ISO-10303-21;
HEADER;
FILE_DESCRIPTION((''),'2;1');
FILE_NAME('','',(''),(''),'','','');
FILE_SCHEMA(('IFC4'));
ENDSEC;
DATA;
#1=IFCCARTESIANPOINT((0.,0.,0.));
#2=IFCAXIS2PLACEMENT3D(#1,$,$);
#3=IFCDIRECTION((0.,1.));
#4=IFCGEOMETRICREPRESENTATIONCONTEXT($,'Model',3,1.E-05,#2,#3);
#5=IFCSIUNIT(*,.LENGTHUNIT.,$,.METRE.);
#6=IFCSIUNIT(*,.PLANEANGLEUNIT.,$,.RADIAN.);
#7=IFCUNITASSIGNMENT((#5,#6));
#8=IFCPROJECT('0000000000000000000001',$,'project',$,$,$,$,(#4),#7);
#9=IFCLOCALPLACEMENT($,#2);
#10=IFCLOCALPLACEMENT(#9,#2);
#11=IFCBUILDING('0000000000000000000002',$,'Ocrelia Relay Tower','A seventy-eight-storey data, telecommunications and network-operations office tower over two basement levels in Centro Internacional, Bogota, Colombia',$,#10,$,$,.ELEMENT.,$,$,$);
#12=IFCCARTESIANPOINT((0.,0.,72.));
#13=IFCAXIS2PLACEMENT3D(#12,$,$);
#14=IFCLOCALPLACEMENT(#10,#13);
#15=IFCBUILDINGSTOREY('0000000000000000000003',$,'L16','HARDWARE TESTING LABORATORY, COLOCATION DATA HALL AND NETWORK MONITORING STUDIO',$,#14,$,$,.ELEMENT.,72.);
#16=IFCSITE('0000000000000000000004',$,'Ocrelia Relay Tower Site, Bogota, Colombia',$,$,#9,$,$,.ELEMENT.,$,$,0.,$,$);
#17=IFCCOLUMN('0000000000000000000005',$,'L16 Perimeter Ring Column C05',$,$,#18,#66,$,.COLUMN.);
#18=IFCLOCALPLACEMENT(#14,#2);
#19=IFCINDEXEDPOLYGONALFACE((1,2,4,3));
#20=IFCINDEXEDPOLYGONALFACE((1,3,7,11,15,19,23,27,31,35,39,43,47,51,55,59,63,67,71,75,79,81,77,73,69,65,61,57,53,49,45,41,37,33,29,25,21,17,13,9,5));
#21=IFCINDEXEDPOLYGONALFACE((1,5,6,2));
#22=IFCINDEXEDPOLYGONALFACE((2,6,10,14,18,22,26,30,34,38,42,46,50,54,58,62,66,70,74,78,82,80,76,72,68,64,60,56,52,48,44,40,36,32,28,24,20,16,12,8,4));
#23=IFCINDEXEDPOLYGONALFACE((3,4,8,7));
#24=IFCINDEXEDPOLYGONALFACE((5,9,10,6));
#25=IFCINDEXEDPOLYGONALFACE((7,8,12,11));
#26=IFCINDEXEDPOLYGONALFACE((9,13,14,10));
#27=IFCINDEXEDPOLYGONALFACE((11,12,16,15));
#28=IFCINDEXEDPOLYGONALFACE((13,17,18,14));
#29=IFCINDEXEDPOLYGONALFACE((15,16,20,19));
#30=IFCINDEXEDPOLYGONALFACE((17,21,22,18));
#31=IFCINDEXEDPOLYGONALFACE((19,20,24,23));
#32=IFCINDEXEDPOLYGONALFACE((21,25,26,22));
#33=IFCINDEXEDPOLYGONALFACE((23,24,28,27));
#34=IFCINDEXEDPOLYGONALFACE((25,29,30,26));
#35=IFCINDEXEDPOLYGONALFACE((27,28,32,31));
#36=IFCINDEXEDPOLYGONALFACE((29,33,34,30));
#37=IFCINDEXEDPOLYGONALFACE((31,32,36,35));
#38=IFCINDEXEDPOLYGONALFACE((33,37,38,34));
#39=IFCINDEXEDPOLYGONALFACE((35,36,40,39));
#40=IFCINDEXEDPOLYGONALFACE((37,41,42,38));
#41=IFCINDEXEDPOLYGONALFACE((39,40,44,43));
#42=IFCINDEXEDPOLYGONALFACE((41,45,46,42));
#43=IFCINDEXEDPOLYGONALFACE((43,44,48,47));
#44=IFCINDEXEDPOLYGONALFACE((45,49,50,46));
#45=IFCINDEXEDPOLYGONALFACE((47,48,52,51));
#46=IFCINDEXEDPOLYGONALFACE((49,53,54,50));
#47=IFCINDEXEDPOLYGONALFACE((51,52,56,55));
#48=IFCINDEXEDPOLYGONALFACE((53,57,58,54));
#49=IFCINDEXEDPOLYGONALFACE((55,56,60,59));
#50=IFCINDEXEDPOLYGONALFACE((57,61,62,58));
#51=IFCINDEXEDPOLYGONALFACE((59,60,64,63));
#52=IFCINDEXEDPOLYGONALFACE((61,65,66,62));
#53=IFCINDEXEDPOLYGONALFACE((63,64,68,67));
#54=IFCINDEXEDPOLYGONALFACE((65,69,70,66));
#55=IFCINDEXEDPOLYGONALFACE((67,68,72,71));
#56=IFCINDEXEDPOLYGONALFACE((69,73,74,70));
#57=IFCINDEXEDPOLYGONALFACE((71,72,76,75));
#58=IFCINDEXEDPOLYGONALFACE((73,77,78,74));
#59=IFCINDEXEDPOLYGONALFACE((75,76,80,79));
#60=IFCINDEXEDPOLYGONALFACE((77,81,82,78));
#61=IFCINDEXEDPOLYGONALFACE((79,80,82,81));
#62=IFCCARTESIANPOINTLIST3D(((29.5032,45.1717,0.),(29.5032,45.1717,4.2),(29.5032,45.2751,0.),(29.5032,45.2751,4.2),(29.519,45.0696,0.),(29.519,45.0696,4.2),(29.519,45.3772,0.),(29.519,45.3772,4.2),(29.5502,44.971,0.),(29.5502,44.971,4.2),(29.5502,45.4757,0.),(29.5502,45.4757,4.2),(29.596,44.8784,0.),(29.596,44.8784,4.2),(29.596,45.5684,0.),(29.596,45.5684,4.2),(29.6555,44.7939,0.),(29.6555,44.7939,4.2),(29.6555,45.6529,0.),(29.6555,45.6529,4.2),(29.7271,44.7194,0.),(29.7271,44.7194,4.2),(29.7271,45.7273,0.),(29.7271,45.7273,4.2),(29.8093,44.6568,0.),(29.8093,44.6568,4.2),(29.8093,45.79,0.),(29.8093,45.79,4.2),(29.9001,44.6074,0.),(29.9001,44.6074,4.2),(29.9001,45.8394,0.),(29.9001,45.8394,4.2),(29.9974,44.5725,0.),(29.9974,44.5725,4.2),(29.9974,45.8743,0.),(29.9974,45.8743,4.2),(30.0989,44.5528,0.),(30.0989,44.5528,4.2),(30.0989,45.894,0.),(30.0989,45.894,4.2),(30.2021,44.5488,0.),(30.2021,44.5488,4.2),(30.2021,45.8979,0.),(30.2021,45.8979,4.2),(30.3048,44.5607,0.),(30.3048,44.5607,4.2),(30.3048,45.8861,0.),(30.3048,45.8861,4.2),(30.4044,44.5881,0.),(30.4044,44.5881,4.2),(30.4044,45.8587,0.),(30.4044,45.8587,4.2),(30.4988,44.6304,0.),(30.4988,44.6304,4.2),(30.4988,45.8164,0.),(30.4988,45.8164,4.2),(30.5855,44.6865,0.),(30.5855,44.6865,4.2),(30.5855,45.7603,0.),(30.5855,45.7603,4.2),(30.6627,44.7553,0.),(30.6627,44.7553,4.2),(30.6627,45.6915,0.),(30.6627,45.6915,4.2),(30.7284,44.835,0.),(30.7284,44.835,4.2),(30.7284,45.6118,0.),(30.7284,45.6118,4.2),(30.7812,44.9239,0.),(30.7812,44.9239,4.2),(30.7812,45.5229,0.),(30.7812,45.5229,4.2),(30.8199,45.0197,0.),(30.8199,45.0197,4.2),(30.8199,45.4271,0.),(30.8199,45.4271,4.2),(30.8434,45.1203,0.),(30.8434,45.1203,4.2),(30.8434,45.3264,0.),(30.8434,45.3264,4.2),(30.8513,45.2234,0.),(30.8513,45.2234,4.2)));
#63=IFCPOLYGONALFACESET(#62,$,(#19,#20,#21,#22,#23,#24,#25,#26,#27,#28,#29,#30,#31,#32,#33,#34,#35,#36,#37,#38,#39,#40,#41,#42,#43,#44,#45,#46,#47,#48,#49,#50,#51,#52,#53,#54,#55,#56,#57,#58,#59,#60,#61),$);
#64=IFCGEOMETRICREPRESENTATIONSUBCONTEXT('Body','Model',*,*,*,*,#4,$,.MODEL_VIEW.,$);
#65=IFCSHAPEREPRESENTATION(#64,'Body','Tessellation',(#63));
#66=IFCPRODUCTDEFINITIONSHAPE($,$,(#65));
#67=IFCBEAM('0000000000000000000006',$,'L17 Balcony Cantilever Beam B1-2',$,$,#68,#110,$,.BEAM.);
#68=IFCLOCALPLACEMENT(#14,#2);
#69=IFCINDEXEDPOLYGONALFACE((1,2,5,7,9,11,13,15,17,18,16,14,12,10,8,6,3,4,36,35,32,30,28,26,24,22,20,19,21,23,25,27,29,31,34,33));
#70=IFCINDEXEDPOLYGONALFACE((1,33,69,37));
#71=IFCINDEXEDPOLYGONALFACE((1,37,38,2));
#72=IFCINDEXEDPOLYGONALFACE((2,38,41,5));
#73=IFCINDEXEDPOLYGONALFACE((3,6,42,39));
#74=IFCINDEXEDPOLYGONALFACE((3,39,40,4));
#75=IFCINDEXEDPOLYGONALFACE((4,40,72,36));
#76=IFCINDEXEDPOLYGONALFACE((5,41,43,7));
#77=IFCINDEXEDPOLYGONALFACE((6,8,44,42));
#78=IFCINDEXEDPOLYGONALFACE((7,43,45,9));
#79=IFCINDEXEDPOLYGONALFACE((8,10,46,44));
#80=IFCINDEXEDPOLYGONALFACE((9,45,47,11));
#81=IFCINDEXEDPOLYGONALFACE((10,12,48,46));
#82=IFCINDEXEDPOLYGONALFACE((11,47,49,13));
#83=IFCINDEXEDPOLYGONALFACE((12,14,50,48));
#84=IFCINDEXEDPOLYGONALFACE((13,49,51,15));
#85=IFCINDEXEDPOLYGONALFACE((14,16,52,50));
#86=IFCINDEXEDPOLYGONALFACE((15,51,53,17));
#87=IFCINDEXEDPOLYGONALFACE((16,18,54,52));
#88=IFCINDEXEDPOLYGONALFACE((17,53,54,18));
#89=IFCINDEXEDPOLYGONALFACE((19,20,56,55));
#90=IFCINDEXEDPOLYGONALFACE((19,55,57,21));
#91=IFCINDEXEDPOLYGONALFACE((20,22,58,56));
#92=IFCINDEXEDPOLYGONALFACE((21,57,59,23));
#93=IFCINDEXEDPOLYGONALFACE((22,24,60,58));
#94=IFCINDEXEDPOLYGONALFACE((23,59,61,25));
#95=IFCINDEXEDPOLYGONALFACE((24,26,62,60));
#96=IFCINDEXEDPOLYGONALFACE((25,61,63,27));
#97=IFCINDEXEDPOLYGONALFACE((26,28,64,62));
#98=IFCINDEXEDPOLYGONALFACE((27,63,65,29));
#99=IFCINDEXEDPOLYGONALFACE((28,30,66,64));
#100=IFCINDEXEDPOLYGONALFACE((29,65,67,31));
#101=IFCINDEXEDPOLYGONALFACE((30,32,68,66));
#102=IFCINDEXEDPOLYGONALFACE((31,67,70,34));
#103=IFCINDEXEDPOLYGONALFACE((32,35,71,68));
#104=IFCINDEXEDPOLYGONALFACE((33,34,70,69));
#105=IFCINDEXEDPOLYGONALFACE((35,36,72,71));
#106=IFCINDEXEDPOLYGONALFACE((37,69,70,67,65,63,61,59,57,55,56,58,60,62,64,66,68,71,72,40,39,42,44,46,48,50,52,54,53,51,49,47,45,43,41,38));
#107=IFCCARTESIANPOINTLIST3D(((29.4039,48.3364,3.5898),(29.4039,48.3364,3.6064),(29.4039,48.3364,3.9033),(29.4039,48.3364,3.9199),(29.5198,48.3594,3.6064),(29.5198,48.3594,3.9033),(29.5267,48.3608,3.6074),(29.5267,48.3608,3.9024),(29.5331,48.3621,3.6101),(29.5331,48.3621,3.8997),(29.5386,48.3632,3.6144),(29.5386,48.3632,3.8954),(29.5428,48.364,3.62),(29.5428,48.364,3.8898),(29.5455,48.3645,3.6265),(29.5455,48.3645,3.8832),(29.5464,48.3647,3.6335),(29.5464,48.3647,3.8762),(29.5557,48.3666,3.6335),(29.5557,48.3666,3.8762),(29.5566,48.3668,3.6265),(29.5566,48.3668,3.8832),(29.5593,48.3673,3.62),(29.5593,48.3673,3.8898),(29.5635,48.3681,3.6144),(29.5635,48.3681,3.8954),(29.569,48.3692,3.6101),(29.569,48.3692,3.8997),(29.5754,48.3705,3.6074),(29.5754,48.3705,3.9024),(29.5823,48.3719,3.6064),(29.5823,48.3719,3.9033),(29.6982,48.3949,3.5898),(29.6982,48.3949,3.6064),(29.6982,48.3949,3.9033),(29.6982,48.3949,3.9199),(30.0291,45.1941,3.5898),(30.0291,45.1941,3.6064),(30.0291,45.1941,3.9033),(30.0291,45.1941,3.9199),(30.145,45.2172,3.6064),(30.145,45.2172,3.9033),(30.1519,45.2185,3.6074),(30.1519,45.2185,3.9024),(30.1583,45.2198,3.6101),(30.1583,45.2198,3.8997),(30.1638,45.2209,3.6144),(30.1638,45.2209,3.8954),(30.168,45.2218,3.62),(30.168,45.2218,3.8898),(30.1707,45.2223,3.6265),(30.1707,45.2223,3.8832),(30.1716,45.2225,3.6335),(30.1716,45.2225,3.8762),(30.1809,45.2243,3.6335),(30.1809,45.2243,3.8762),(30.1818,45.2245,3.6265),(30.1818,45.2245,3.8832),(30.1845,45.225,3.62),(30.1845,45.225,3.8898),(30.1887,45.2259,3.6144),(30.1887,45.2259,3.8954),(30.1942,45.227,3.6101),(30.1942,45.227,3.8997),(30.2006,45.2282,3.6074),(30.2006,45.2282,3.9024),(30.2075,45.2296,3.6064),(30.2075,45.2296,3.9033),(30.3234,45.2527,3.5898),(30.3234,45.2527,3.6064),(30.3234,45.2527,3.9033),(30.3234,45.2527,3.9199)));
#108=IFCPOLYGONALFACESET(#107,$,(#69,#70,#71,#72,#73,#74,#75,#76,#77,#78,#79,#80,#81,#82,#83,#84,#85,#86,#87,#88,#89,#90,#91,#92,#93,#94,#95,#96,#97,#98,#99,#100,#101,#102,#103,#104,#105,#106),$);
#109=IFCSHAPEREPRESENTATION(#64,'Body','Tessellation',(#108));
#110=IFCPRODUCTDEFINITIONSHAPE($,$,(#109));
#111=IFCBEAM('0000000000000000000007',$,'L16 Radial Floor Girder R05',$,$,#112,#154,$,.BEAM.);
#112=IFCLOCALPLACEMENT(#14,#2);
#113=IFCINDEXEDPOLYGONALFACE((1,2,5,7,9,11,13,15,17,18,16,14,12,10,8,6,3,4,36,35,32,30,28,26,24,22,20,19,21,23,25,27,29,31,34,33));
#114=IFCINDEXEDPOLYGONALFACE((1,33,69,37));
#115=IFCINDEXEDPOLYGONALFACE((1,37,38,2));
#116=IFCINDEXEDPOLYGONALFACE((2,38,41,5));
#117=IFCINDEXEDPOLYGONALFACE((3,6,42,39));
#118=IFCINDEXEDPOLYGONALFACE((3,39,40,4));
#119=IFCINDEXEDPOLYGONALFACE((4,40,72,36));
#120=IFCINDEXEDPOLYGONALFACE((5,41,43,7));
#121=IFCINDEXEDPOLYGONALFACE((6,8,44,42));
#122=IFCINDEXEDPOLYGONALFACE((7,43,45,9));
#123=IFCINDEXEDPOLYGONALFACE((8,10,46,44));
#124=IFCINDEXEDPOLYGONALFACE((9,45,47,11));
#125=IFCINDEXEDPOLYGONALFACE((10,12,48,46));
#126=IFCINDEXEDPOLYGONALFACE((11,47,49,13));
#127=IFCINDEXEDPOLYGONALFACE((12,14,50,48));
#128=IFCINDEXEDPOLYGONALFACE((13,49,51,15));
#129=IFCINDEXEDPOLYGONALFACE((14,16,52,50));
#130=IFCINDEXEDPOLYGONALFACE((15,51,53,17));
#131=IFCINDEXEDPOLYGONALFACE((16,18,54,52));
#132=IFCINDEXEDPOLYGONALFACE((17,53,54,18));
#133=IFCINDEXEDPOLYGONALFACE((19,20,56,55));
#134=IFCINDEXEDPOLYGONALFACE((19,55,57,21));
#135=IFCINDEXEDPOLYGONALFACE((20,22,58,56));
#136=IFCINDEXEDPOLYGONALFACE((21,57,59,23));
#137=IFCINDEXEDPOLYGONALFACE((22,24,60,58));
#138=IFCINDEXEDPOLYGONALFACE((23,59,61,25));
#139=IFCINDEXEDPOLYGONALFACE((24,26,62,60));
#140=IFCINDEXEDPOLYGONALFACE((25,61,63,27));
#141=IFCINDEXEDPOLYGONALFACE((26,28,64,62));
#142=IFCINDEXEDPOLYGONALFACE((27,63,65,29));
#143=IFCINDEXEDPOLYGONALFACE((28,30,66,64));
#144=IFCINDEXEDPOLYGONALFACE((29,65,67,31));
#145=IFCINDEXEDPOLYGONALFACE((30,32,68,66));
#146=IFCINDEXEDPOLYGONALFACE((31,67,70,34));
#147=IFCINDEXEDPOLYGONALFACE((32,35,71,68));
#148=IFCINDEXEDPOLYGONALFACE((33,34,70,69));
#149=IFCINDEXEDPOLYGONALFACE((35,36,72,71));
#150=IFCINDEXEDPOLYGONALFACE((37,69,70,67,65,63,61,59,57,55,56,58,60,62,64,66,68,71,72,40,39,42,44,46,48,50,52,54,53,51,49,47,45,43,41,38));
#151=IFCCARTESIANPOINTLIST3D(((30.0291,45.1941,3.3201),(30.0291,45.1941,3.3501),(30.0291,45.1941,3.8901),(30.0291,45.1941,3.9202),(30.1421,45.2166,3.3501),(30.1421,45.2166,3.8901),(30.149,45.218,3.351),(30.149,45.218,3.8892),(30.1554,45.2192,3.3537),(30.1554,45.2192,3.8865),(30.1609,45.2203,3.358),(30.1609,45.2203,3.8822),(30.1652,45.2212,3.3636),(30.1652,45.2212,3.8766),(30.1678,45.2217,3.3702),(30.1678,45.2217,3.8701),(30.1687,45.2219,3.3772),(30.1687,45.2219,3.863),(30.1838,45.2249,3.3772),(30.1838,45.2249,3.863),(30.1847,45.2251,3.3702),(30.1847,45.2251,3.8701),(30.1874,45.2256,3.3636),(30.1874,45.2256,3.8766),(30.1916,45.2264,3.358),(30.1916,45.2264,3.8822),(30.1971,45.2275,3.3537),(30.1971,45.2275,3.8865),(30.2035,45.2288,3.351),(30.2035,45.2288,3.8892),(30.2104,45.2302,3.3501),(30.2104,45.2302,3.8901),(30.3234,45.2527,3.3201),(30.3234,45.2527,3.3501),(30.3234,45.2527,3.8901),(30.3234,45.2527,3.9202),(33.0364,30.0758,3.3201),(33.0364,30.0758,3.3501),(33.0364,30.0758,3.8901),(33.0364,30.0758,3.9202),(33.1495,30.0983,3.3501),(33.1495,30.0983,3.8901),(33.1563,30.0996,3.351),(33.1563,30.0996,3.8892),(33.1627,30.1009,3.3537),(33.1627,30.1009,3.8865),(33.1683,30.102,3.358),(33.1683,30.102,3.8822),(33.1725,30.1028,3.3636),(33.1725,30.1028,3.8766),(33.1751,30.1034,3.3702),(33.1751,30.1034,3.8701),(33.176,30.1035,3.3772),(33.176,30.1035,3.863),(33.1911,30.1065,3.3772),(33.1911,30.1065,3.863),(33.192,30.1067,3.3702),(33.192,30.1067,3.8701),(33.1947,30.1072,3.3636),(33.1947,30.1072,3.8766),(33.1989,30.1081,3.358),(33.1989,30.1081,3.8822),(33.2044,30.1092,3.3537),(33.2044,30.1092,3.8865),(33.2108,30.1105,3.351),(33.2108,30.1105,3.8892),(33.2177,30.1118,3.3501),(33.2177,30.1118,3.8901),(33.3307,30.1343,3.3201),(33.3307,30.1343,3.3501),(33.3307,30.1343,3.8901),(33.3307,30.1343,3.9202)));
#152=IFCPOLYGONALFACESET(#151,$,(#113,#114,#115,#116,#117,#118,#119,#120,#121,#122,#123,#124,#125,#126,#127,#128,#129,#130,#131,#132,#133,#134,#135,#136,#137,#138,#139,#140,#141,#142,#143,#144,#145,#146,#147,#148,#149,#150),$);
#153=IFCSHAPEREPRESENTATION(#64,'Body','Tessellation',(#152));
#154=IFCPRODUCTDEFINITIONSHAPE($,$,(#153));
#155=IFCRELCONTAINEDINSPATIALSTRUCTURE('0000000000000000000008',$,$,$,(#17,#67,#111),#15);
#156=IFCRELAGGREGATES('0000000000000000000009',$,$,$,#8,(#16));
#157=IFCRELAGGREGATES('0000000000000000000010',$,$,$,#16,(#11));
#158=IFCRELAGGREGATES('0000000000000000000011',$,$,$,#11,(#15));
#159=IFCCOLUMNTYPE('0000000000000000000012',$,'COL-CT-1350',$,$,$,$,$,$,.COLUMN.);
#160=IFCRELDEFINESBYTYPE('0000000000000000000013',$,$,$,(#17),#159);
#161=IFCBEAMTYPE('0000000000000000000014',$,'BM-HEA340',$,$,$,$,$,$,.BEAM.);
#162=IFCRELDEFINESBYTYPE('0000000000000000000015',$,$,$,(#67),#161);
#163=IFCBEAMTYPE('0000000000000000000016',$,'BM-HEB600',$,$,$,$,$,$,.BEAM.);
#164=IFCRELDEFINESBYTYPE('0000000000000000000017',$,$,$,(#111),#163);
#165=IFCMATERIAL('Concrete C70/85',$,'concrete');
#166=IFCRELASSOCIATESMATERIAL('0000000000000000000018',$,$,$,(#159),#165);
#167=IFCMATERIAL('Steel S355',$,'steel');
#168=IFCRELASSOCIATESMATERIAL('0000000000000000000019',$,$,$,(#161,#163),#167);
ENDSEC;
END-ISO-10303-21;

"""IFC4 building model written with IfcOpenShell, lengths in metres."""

from ifc_helpers import new_model, si_unit, direction, frame, origin, origin_2d, place, context, subcontext, project, spatial, circle, i_section, extrude, material, material_profile, profile_set, type_object, element, save


model = new_model("IFC4")

# Units and contexts
model_context = context("Model", 3, precision=1e-05, world=origin(), true_north=direction((0.0, 1.0)))
body_context = subcontext(model_context, "Body", "Model", "MODEL_VIEW")
ifc_project = project(units=[si_unit("LENGTHUNIT", "METRE"), si_unit("PLANEANGLEUNIT", "RADIAN")], contexts=[model_context])

# Site, building, storey
site_placement = place(None, origin())
site = spatial("IfcSite", under=ifc_project, at=site_placement, Name="Ocrelia Relay Tower Site, Bogota, Colombia", CompositionType="ELEMENT", RefElevation=0.0)
building_placement = place(site_placement, origin())
building = spatial("IfcBuilding", under=site, at=building_placement, Name="Ocrelia Relay Tower", Description="A seventy-eight-storey data, telecommunications and network-operations office tower over two basement levels in Centro Internacional, Bogota, Colombia", CompositionType="ELEMENT")
storey_placement = place(building_placement, frame((0.0, 0.0, 72.0)))
storey = spatial("IfcBuildingStorey", under=building, at=storey_placement, Name="L16", Description="HARDWARE TESTING LABORATORY, COLOCATION DATA HALL AND NETWORK MONITORING STUDIO", CompositionType="ELEMENT", Elevation=72.0)

# Column
ifc_material_1 = material(Name="Concrete C70/85", Category="concrete")
ifc_material_profile_1 = material_profile(ifc_material_1, circle(Radius=0.675, at=origin_2d()), Name="RC-CIR-1350")
ifc_profile_set_1 = profile_set([ifc_material_profile_1], Name="Concrete C70/85")
column_type = type_object("IfcColumnType", Name="COL-CT-1350", PredefinedType="COLUMN", material=ifc_profile_set_1)
column_placement = place(storey_placement, frame((30.1763, 45.2234, 0.0), z_axis=(0.0, 0.0, 1.0), x_axis=(1.0, 0.0, 0.0)))
element("IfcColumn", 1, at=column_placement, inside=storey, type_object=column_type, Name="L16 Perimeter Ring Column C05", PredefinedType="COLUMN", context=body_context, shape_type="SweptSolid", body=[
    extrude(circle(Radius=0.675, at=origin_2d()), origin(), (0.0, 0.0, 1.0), 4.2),
])

# Beams
ifc_material_2 = material(Name="Steel S355", Category="steel")
ifc_material_profile_2 = material_profile(ifc_material_2, i_section(OverallWidth=0.3, OverallDepth=0.3301, WebThickness=0.0095, FlangeThickness=0.0166, FilletRadius=0.0271, at=origin_2d()), Name="HEA 340")
ifc_profile_set_2 = profile_set([ifc_material_profile_2], Name="Steel S355")
beam_type_1 = type_object("IfcBeamType", Name="BM-HEA340", PredefinedType="BEAM", material=ifc_profile_set_2)
beam_1_placement = place(storey_placement, frame((30.1763, 45.2234, 3.7549), z_axis=(-0.195149, 0.980774, 0.0), x_axis=(-0.980774, -0.195149, 0.0)))
element("IfcBeam", 2, at=beam_1_placement, inside=storey, type_object=beam_type_1, Name="L17 Balcony Cantilever Beam B1-2", PredefinedType="BEAM", context=body_context, shape_type="SweptSolid", body=[
    extrude(i_section(OverallWidth=0.3, OverallDepth=0.3301, WebThickness=0.0095, FlangeThickness=0.0166, FilletRadius=0.0271, at=origin_2d()), origin(), (0.0, 0.0, 1.0), 3.2039),
])
ifc_material_profile_3 = material_profile(ifc_material_2, i_section(OverallWidth=0.3, OverallDepth=0.6001, WebThickness=0.0154, FlangeThickness=0.03, FilletRadius=0.0271, at=origin_2d()), Name="HEB 600")
ifc_profile_set_3 = profile_set([ifc_material_profile_3], Name="Steel S355")
beam_type_2 = type_object("IfcBeamType", Name="BM-HEB600", PredefinedType="BEAM", material=ifc_profile_set_3)
beam_2_placement = place(storey_placement, frame((30.1763, 45.2234, 3.6201), z_axis=(0.195096, -0.980784, 0.0), x_axis=(0.980784, 0.195096, 0.0)))
element("IfcBeam", 3, at=beam_2_placement, inside=storey, type_object=beam_type_2, Name="L16 Radial Floor Girder R05", PredefinedType="BEAM", context=body_context, shape_type="SweptSolid", body=[
    extrude(i_section(OverallWidth=0.3, OverallDepth=0.6001, WebThickness=0.0154, FlangeThickness=0.03, FilletRadius=0.0271, at=origin_2d()), origin(), (0.0, 0.0, 1.0), 15.4146),
])

save(model, "model.ifc")
